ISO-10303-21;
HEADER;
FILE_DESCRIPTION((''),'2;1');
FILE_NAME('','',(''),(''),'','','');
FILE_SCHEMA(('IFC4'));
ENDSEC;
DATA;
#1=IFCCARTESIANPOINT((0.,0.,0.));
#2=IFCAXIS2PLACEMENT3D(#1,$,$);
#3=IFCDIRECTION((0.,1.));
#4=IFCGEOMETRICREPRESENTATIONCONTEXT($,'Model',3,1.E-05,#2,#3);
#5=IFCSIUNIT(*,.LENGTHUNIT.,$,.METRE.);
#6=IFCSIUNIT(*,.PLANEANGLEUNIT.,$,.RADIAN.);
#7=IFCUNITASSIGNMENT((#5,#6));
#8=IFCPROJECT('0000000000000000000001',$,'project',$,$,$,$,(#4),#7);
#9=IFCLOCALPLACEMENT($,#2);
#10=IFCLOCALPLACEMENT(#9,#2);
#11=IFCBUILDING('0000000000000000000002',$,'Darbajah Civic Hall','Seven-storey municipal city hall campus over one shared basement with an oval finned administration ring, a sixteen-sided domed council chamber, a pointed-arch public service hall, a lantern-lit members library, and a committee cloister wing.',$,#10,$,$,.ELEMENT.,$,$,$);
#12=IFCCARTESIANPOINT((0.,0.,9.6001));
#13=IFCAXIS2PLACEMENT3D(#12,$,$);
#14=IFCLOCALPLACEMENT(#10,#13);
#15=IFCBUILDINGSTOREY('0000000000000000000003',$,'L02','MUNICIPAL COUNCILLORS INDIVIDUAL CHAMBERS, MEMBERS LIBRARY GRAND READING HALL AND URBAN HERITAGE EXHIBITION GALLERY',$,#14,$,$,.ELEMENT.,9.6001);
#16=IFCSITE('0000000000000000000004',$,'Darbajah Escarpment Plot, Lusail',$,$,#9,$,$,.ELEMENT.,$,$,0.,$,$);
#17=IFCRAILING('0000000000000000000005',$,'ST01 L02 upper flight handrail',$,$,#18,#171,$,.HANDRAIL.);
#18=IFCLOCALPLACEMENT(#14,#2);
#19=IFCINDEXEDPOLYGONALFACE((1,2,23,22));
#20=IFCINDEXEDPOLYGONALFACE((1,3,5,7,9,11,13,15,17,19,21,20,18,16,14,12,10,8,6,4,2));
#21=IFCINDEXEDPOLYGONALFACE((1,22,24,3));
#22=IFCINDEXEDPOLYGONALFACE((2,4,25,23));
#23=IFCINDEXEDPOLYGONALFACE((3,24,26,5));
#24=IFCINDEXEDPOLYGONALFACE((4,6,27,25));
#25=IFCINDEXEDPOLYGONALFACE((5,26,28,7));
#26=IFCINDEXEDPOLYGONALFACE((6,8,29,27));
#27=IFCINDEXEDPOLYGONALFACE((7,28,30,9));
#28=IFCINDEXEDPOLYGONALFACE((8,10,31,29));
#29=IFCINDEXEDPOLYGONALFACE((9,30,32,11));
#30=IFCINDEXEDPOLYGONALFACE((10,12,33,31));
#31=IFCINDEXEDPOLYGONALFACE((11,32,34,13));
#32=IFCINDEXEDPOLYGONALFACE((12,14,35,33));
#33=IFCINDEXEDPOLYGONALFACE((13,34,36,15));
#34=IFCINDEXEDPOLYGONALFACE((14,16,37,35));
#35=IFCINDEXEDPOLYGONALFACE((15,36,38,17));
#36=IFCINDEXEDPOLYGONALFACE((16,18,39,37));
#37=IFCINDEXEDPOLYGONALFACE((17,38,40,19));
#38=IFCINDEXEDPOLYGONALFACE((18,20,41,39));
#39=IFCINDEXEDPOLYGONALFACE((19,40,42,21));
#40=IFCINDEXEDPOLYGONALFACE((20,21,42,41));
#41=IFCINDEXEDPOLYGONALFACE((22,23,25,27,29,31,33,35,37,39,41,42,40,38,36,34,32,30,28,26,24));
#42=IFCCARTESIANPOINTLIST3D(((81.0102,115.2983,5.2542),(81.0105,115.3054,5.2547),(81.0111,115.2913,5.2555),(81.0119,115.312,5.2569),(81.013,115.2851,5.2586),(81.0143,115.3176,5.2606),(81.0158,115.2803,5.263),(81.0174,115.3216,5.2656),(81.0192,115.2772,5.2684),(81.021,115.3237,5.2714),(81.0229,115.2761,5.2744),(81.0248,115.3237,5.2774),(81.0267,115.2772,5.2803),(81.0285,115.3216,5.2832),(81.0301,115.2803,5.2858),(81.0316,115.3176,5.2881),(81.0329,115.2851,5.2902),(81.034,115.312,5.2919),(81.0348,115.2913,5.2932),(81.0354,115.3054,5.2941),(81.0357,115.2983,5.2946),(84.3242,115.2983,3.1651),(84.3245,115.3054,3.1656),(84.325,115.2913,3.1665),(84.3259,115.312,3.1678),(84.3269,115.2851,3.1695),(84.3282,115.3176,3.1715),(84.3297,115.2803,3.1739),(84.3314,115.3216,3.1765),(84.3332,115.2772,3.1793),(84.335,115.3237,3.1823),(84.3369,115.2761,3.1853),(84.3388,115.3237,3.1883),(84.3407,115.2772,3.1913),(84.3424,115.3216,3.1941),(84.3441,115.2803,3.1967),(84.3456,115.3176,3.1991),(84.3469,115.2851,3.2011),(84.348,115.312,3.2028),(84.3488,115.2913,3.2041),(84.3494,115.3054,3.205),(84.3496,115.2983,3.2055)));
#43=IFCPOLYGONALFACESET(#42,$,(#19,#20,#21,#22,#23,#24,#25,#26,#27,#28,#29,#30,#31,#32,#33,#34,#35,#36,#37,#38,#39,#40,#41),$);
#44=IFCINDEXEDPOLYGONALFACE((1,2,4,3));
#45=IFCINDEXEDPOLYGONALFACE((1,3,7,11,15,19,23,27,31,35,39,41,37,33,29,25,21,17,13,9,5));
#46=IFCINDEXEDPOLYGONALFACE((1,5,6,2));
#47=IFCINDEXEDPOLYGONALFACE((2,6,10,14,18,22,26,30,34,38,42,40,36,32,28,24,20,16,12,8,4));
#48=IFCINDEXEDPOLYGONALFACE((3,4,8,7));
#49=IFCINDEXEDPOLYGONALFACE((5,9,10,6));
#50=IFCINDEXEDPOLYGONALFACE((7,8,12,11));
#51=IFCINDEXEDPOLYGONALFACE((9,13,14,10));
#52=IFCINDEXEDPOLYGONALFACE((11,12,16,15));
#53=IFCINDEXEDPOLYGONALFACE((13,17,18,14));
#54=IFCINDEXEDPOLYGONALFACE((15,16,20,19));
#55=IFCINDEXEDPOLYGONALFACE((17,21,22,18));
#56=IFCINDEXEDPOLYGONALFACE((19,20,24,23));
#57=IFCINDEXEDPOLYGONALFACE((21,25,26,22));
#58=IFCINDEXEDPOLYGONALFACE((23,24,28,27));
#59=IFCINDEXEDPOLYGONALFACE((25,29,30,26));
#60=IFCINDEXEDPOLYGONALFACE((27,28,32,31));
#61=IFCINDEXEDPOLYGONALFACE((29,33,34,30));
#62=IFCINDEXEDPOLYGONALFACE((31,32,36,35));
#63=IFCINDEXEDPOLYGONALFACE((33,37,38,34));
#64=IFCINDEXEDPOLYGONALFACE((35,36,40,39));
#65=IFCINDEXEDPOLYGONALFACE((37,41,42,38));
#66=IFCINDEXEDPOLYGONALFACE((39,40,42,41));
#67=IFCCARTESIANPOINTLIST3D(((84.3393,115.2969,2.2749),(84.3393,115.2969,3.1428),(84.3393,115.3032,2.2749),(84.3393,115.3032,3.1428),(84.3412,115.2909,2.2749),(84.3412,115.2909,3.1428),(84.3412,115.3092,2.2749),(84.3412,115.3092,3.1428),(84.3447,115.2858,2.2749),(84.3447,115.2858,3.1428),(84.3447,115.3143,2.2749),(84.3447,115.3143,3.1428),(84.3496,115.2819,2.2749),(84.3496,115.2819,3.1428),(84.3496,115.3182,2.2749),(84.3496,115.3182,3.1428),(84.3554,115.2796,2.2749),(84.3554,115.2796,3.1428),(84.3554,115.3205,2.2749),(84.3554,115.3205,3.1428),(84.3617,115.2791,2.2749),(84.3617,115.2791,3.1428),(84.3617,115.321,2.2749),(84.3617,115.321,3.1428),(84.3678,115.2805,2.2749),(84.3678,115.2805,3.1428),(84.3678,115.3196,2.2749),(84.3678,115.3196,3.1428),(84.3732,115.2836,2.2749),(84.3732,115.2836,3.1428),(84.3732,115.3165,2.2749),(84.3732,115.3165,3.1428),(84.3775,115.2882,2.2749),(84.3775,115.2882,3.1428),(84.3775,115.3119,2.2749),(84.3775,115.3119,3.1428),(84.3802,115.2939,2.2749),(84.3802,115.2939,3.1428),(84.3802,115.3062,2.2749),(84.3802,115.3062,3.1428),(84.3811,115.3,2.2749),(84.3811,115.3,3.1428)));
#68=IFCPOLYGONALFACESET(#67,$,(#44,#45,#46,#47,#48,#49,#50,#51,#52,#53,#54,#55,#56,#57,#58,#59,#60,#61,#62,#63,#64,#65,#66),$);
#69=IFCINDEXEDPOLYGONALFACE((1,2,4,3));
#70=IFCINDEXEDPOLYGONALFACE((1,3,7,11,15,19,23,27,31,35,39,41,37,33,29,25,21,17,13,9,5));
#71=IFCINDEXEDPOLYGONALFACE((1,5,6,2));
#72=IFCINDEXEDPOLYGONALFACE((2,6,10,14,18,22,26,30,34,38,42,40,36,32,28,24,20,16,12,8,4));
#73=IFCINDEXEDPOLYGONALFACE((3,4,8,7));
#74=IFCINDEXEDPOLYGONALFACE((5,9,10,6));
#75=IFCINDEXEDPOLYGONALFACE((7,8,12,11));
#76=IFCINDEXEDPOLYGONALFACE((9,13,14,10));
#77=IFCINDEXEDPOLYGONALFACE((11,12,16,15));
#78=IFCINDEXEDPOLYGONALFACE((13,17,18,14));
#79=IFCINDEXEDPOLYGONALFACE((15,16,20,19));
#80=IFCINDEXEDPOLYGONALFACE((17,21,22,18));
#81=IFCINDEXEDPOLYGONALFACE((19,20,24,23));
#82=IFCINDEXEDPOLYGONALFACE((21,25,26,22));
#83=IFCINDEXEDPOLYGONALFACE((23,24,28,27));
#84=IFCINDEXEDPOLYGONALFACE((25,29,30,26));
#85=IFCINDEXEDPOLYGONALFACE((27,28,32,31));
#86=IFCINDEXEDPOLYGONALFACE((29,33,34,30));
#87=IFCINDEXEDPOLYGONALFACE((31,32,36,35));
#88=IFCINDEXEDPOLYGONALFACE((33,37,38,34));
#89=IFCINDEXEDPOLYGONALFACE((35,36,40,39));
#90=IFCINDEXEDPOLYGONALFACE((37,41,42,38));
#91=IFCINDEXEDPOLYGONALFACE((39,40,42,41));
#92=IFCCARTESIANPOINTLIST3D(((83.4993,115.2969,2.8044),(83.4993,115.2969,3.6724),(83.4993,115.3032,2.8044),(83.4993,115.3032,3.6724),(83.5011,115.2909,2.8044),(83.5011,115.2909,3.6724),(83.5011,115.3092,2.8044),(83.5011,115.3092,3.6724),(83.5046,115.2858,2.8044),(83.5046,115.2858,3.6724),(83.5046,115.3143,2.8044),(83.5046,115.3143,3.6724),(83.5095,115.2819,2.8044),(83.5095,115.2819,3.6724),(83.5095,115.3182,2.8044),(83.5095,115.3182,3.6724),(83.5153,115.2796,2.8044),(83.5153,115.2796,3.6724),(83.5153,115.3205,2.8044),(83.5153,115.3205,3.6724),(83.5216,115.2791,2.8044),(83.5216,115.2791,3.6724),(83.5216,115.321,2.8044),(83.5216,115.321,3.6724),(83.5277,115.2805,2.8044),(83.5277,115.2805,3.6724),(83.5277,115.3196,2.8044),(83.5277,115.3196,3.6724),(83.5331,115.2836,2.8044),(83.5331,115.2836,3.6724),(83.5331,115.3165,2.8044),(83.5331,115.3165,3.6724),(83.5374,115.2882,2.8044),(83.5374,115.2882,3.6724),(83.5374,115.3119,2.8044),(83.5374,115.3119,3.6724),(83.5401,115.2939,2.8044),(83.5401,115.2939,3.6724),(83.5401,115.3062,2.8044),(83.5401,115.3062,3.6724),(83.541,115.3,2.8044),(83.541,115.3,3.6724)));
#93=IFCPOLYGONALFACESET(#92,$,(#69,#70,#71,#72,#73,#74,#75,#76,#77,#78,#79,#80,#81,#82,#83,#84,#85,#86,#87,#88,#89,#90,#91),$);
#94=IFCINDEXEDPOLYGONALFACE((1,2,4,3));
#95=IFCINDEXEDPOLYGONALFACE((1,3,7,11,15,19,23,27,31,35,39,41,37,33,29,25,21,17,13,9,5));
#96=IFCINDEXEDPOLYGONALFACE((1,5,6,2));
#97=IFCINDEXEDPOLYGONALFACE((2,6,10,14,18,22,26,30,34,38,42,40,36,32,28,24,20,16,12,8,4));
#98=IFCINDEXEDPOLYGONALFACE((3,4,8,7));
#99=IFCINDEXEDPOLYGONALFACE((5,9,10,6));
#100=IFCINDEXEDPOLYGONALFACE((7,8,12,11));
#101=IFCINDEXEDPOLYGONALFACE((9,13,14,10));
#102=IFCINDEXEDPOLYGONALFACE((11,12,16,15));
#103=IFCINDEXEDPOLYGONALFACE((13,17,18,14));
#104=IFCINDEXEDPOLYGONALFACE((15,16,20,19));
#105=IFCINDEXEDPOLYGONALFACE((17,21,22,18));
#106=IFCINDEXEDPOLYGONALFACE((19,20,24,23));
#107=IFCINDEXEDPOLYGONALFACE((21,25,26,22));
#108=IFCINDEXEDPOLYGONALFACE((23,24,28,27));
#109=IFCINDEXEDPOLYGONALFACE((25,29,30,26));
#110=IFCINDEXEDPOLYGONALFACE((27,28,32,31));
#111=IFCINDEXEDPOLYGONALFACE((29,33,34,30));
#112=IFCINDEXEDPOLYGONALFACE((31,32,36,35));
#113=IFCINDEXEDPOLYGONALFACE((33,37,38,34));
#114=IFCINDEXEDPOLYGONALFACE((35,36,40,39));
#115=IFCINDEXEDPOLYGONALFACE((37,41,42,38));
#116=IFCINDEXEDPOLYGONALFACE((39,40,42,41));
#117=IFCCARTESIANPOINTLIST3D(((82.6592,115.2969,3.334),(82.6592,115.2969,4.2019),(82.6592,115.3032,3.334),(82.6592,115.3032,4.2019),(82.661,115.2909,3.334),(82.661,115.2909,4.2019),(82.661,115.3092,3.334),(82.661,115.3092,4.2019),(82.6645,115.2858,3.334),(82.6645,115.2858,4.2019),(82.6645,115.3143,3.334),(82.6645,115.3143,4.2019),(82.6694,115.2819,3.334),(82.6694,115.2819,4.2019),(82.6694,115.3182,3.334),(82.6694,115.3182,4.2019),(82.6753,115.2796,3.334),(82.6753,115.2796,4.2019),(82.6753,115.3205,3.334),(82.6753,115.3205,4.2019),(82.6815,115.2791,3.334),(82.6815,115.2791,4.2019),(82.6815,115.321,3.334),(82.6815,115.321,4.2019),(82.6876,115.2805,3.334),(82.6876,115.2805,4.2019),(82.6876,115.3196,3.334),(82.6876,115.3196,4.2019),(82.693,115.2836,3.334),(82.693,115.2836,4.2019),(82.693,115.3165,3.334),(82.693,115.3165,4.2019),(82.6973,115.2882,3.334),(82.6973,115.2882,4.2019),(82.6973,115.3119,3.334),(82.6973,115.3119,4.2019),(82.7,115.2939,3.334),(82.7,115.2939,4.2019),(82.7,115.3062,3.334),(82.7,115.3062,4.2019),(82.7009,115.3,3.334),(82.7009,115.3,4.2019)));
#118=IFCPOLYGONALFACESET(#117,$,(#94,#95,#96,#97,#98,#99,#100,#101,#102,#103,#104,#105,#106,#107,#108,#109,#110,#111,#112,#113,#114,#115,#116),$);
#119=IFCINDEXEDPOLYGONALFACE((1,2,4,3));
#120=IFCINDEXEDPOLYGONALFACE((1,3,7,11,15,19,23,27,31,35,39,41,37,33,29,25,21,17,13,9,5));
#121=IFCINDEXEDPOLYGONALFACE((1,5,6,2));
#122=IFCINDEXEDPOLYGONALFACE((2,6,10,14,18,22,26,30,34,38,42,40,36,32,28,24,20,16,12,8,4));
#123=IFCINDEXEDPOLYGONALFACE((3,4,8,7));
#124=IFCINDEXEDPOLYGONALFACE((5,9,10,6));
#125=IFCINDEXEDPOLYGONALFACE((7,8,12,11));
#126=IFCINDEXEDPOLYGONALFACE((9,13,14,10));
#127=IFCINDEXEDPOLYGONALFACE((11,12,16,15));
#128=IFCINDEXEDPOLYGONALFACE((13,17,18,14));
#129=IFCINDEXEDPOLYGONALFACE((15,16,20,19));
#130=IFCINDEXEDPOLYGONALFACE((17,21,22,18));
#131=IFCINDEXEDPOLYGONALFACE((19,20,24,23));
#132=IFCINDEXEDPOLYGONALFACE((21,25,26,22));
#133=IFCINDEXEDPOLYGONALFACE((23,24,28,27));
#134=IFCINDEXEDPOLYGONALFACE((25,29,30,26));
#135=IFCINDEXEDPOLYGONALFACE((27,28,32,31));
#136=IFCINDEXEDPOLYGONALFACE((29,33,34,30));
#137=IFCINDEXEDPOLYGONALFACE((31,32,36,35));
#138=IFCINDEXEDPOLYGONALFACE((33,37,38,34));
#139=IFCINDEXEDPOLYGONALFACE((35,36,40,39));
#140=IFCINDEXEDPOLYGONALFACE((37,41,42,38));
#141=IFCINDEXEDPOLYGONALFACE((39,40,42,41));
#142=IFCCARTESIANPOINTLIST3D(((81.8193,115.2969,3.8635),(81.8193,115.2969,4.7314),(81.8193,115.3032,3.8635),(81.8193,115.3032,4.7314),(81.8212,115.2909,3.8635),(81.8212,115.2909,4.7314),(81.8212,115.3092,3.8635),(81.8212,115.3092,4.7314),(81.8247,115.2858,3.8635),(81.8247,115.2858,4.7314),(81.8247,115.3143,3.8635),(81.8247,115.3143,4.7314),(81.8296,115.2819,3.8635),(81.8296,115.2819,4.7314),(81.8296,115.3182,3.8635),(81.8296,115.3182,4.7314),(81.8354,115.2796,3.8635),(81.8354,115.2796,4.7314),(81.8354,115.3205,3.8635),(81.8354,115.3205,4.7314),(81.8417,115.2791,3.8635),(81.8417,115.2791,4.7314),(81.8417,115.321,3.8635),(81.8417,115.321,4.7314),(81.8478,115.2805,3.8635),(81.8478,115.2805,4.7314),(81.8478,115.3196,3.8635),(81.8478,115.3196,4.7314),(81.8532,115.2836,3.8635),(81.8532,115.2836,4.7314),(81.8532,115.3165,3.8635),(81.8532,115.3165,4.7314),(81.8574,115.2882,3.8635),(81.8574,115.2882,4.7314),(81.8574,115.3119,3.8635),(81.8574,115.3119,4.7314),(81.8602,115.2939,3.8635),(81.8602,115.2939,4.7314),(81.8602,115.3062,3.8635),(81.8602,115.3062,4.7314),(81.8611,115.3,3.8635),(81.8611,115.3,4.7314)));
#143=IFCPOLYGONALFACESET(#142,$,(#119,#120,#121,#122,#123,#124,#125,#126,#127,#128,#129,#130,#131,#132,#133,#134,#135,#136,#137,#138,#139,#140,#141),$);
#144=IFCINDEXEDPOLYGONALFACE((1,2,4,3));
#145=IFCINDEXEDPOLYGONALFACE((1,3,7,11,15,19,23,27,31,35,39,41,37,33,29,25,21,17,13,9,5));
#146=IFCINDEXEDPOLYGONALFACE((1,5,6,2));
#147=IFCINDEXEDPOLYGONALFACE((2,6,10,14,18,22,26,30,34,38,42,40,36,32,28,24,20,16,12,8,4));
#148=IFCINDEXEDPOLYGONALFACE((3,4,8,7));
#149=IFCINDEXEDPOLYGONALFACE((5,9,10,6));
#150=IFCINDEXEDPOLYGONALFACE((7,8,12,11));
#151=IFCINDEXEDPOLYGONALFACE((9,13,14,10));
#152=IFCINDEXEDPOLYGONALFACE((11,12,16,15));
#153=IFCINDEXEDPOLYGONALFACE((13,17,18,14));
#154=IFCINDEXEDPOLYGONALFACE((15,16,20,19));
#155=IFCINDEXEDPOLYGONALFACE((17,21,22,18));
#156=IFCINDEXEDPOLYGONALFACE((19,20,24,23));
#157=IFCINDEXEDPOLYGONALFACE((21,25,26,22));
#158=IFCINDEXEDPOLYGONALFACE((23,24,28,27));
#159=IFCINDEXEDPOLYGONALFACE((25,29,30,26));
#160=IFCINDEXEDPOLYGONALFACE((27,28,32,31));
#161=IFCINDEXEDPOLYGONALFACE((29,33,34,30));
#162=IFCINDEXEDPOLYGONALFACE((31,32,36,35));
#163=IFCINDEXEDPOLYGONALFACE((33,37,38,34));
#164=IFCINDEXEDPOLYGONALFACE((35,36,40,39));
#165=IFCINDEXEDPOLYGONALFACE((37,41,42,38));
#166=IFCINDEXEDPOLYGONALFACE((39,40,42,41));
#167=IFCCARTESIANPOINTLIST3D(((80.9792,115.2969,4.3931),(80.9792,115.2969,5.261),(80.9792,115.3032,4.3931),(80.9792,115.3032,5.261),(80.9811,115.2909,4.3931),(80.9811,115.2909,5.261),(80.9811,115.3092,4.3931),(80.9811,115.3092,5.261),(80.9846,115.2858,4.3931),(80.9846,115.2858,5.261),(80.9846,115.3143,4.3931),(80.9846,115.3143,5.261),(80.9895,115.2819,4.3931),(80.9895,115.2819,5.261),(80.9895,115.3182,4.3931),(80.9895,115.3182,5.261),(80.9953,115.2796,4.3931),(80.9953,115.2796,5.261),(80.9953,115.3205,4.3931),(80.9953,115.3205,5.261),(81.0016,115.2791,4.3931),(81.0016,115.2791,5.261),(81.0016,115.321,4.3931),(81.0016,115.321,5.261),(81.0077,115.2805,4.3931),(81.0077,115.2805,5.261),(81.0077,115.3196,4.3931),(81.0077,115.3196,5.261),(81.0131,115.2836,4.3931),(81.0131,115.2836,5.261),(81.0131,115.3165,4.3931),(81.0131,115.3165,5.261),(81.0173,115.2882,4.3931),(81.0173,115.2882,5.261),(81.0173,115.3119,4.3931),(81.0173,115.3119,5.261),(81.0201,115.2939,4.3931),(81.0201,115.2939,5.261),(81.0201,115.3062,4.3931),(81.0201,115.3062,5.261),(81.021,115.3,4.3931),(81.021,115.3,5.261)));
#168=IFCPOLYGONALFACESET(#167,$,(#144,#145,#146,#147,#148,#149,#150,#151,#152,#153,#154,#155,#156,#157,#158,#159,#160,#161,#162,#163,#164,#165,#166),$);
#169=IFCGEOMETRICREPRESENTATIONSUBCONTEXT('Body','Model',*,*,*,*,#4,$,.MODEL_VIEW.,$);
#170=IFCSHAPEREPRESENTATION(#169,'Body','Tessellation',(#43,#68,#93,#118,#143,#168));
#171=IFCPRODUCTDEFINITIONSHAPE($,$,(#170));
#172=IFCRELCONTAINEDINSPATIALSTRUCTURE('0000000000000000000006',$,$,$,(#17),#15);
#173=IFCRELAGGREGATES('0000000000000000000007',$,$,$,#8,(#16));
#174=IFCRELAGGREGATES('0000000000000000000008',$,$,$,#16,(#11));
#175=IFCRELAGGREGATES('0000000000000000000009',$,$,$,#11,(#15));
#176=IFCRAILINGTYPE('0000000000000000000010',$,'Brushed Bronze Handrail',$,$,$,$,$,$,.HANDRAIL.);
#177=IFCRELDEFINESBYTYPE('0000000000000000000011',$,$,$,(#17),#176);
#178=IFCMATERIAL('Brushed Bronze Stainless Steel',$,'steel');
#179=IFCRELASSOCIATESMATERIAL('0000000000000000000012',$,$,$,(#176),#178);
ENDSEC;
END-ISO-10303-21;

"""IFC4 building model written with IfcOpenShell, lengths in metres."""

from ifc_helpers import new_model, si_unit, direction, frame, origin, origin_2d, place, context, subcontext, project, spatial, circle, extrude, material, type_object, element, save


model = new_model("IFC4")

# Units and contexts
model_context = context("Model", 3, precision=1e-05, world=origin(), true_north=direction((0.0, 1.0)))
body_context = subcontext(model_context, "Body", "Model", "MODEL_VIEW")
ifc_project = project(units=[si_unit("LENGTHUNIT", "METRE"), si_unit("PLANEANGLEUNIT", "RADIAN")], contexts=[model_context])

# Site, building, storey
site_placement = place(None, origin())
site = spatial("IfcSite", under=ifc_project, at=site_placement, Name="Darbajah Escarpment Plot, Lusail", CompositionType="ELEMENT", RefElevation=0.0)
building_placement = place(site_placement, origin())
building = spatial("IfcBuilding", under=site, at=building_placement, Name="Darbajah Civic Hall", Description="Seven-storey municipal city hall campus over one shared basement with an oval finned administration ring, a sixteen-sided domed council chamber, a pointed-arch public service hall, a lantern-lit members library, and a committee cloister wing.", CompositionType="ELEMENT")
storey_placement = place(building_placement, frame((0.0, 0.0, 9.6001)))
storey = spatial("IfcBuildingStorey", under=building, at=storey_placement, Name="L02", Description="MUNICIPAL COUNCILLORS INDIVIDUAL CHAMBERS, MEMBERS LIBRARY GRAND READING HALL AND URBAN HERITAGE EXHIBITION GALLERY", CompositionType="ELEMENT", Elevation=9.6001)

# Railing
ifc_material_1 = material(Name="Brushed Bronze Stainless Steel", Category="steel")
railing_type_1 = type_object("IfcRailingType", Name="Brushed Bronze Handrail", PredefinedType="HANDRAIL", material=ifc_material_1)
railing_1_placement = place(storey_placement, frame((84.3601, 115.3, 2.2749)))
element("IfcRailing", 1, at=railing_1_placement, inside=storey, type_object=railing_type_1, Name="ST01 L02 upper flight handrail", PredefinedType="HANDRAIL", context=body_context, shape_type="SweptSolid", body=[
    extrude(circle(Radius=0.0239, at=origin_2d()), frame((-0.0232, 0.0, 0.9104), z_axis=(-0.845944, 0.0, 0.533271), x_axis=(0.0, -1.0, 0.0)), (0.0, 0.0, 1.0), 3.9175),
    extrude(circle(Radius=0.021, at=origin_2d()), origin(), (0.0, 0.0, 1.0), 0.8679),
    extrude(circle(Radius=0.021, at=origin_2d()), frame((-0.8401, 0.0, 0.5295)), (0.0, 0.0, 1.0), 0.8679),
    extrude(circle(Radius=0.021, at=origin_2d()), frame((-1.6802, 0.0, 1.0591)), (0.0, 0.0, 1.0), 0.8679),
    extrude(circle(Radius=0.021, at=origin_2d()), frame((-2.52, 0.0, 1.5886)), (0.0, 0.0, 1.0), 0.8679),
    extrude(circle(Radius=0.021, at=origin_2d()), frame((-3.3601, 0.0, 2.1182)), (0.0, 0.0, 1.0), 0.8679),
])

save(model, "model.ifc")
